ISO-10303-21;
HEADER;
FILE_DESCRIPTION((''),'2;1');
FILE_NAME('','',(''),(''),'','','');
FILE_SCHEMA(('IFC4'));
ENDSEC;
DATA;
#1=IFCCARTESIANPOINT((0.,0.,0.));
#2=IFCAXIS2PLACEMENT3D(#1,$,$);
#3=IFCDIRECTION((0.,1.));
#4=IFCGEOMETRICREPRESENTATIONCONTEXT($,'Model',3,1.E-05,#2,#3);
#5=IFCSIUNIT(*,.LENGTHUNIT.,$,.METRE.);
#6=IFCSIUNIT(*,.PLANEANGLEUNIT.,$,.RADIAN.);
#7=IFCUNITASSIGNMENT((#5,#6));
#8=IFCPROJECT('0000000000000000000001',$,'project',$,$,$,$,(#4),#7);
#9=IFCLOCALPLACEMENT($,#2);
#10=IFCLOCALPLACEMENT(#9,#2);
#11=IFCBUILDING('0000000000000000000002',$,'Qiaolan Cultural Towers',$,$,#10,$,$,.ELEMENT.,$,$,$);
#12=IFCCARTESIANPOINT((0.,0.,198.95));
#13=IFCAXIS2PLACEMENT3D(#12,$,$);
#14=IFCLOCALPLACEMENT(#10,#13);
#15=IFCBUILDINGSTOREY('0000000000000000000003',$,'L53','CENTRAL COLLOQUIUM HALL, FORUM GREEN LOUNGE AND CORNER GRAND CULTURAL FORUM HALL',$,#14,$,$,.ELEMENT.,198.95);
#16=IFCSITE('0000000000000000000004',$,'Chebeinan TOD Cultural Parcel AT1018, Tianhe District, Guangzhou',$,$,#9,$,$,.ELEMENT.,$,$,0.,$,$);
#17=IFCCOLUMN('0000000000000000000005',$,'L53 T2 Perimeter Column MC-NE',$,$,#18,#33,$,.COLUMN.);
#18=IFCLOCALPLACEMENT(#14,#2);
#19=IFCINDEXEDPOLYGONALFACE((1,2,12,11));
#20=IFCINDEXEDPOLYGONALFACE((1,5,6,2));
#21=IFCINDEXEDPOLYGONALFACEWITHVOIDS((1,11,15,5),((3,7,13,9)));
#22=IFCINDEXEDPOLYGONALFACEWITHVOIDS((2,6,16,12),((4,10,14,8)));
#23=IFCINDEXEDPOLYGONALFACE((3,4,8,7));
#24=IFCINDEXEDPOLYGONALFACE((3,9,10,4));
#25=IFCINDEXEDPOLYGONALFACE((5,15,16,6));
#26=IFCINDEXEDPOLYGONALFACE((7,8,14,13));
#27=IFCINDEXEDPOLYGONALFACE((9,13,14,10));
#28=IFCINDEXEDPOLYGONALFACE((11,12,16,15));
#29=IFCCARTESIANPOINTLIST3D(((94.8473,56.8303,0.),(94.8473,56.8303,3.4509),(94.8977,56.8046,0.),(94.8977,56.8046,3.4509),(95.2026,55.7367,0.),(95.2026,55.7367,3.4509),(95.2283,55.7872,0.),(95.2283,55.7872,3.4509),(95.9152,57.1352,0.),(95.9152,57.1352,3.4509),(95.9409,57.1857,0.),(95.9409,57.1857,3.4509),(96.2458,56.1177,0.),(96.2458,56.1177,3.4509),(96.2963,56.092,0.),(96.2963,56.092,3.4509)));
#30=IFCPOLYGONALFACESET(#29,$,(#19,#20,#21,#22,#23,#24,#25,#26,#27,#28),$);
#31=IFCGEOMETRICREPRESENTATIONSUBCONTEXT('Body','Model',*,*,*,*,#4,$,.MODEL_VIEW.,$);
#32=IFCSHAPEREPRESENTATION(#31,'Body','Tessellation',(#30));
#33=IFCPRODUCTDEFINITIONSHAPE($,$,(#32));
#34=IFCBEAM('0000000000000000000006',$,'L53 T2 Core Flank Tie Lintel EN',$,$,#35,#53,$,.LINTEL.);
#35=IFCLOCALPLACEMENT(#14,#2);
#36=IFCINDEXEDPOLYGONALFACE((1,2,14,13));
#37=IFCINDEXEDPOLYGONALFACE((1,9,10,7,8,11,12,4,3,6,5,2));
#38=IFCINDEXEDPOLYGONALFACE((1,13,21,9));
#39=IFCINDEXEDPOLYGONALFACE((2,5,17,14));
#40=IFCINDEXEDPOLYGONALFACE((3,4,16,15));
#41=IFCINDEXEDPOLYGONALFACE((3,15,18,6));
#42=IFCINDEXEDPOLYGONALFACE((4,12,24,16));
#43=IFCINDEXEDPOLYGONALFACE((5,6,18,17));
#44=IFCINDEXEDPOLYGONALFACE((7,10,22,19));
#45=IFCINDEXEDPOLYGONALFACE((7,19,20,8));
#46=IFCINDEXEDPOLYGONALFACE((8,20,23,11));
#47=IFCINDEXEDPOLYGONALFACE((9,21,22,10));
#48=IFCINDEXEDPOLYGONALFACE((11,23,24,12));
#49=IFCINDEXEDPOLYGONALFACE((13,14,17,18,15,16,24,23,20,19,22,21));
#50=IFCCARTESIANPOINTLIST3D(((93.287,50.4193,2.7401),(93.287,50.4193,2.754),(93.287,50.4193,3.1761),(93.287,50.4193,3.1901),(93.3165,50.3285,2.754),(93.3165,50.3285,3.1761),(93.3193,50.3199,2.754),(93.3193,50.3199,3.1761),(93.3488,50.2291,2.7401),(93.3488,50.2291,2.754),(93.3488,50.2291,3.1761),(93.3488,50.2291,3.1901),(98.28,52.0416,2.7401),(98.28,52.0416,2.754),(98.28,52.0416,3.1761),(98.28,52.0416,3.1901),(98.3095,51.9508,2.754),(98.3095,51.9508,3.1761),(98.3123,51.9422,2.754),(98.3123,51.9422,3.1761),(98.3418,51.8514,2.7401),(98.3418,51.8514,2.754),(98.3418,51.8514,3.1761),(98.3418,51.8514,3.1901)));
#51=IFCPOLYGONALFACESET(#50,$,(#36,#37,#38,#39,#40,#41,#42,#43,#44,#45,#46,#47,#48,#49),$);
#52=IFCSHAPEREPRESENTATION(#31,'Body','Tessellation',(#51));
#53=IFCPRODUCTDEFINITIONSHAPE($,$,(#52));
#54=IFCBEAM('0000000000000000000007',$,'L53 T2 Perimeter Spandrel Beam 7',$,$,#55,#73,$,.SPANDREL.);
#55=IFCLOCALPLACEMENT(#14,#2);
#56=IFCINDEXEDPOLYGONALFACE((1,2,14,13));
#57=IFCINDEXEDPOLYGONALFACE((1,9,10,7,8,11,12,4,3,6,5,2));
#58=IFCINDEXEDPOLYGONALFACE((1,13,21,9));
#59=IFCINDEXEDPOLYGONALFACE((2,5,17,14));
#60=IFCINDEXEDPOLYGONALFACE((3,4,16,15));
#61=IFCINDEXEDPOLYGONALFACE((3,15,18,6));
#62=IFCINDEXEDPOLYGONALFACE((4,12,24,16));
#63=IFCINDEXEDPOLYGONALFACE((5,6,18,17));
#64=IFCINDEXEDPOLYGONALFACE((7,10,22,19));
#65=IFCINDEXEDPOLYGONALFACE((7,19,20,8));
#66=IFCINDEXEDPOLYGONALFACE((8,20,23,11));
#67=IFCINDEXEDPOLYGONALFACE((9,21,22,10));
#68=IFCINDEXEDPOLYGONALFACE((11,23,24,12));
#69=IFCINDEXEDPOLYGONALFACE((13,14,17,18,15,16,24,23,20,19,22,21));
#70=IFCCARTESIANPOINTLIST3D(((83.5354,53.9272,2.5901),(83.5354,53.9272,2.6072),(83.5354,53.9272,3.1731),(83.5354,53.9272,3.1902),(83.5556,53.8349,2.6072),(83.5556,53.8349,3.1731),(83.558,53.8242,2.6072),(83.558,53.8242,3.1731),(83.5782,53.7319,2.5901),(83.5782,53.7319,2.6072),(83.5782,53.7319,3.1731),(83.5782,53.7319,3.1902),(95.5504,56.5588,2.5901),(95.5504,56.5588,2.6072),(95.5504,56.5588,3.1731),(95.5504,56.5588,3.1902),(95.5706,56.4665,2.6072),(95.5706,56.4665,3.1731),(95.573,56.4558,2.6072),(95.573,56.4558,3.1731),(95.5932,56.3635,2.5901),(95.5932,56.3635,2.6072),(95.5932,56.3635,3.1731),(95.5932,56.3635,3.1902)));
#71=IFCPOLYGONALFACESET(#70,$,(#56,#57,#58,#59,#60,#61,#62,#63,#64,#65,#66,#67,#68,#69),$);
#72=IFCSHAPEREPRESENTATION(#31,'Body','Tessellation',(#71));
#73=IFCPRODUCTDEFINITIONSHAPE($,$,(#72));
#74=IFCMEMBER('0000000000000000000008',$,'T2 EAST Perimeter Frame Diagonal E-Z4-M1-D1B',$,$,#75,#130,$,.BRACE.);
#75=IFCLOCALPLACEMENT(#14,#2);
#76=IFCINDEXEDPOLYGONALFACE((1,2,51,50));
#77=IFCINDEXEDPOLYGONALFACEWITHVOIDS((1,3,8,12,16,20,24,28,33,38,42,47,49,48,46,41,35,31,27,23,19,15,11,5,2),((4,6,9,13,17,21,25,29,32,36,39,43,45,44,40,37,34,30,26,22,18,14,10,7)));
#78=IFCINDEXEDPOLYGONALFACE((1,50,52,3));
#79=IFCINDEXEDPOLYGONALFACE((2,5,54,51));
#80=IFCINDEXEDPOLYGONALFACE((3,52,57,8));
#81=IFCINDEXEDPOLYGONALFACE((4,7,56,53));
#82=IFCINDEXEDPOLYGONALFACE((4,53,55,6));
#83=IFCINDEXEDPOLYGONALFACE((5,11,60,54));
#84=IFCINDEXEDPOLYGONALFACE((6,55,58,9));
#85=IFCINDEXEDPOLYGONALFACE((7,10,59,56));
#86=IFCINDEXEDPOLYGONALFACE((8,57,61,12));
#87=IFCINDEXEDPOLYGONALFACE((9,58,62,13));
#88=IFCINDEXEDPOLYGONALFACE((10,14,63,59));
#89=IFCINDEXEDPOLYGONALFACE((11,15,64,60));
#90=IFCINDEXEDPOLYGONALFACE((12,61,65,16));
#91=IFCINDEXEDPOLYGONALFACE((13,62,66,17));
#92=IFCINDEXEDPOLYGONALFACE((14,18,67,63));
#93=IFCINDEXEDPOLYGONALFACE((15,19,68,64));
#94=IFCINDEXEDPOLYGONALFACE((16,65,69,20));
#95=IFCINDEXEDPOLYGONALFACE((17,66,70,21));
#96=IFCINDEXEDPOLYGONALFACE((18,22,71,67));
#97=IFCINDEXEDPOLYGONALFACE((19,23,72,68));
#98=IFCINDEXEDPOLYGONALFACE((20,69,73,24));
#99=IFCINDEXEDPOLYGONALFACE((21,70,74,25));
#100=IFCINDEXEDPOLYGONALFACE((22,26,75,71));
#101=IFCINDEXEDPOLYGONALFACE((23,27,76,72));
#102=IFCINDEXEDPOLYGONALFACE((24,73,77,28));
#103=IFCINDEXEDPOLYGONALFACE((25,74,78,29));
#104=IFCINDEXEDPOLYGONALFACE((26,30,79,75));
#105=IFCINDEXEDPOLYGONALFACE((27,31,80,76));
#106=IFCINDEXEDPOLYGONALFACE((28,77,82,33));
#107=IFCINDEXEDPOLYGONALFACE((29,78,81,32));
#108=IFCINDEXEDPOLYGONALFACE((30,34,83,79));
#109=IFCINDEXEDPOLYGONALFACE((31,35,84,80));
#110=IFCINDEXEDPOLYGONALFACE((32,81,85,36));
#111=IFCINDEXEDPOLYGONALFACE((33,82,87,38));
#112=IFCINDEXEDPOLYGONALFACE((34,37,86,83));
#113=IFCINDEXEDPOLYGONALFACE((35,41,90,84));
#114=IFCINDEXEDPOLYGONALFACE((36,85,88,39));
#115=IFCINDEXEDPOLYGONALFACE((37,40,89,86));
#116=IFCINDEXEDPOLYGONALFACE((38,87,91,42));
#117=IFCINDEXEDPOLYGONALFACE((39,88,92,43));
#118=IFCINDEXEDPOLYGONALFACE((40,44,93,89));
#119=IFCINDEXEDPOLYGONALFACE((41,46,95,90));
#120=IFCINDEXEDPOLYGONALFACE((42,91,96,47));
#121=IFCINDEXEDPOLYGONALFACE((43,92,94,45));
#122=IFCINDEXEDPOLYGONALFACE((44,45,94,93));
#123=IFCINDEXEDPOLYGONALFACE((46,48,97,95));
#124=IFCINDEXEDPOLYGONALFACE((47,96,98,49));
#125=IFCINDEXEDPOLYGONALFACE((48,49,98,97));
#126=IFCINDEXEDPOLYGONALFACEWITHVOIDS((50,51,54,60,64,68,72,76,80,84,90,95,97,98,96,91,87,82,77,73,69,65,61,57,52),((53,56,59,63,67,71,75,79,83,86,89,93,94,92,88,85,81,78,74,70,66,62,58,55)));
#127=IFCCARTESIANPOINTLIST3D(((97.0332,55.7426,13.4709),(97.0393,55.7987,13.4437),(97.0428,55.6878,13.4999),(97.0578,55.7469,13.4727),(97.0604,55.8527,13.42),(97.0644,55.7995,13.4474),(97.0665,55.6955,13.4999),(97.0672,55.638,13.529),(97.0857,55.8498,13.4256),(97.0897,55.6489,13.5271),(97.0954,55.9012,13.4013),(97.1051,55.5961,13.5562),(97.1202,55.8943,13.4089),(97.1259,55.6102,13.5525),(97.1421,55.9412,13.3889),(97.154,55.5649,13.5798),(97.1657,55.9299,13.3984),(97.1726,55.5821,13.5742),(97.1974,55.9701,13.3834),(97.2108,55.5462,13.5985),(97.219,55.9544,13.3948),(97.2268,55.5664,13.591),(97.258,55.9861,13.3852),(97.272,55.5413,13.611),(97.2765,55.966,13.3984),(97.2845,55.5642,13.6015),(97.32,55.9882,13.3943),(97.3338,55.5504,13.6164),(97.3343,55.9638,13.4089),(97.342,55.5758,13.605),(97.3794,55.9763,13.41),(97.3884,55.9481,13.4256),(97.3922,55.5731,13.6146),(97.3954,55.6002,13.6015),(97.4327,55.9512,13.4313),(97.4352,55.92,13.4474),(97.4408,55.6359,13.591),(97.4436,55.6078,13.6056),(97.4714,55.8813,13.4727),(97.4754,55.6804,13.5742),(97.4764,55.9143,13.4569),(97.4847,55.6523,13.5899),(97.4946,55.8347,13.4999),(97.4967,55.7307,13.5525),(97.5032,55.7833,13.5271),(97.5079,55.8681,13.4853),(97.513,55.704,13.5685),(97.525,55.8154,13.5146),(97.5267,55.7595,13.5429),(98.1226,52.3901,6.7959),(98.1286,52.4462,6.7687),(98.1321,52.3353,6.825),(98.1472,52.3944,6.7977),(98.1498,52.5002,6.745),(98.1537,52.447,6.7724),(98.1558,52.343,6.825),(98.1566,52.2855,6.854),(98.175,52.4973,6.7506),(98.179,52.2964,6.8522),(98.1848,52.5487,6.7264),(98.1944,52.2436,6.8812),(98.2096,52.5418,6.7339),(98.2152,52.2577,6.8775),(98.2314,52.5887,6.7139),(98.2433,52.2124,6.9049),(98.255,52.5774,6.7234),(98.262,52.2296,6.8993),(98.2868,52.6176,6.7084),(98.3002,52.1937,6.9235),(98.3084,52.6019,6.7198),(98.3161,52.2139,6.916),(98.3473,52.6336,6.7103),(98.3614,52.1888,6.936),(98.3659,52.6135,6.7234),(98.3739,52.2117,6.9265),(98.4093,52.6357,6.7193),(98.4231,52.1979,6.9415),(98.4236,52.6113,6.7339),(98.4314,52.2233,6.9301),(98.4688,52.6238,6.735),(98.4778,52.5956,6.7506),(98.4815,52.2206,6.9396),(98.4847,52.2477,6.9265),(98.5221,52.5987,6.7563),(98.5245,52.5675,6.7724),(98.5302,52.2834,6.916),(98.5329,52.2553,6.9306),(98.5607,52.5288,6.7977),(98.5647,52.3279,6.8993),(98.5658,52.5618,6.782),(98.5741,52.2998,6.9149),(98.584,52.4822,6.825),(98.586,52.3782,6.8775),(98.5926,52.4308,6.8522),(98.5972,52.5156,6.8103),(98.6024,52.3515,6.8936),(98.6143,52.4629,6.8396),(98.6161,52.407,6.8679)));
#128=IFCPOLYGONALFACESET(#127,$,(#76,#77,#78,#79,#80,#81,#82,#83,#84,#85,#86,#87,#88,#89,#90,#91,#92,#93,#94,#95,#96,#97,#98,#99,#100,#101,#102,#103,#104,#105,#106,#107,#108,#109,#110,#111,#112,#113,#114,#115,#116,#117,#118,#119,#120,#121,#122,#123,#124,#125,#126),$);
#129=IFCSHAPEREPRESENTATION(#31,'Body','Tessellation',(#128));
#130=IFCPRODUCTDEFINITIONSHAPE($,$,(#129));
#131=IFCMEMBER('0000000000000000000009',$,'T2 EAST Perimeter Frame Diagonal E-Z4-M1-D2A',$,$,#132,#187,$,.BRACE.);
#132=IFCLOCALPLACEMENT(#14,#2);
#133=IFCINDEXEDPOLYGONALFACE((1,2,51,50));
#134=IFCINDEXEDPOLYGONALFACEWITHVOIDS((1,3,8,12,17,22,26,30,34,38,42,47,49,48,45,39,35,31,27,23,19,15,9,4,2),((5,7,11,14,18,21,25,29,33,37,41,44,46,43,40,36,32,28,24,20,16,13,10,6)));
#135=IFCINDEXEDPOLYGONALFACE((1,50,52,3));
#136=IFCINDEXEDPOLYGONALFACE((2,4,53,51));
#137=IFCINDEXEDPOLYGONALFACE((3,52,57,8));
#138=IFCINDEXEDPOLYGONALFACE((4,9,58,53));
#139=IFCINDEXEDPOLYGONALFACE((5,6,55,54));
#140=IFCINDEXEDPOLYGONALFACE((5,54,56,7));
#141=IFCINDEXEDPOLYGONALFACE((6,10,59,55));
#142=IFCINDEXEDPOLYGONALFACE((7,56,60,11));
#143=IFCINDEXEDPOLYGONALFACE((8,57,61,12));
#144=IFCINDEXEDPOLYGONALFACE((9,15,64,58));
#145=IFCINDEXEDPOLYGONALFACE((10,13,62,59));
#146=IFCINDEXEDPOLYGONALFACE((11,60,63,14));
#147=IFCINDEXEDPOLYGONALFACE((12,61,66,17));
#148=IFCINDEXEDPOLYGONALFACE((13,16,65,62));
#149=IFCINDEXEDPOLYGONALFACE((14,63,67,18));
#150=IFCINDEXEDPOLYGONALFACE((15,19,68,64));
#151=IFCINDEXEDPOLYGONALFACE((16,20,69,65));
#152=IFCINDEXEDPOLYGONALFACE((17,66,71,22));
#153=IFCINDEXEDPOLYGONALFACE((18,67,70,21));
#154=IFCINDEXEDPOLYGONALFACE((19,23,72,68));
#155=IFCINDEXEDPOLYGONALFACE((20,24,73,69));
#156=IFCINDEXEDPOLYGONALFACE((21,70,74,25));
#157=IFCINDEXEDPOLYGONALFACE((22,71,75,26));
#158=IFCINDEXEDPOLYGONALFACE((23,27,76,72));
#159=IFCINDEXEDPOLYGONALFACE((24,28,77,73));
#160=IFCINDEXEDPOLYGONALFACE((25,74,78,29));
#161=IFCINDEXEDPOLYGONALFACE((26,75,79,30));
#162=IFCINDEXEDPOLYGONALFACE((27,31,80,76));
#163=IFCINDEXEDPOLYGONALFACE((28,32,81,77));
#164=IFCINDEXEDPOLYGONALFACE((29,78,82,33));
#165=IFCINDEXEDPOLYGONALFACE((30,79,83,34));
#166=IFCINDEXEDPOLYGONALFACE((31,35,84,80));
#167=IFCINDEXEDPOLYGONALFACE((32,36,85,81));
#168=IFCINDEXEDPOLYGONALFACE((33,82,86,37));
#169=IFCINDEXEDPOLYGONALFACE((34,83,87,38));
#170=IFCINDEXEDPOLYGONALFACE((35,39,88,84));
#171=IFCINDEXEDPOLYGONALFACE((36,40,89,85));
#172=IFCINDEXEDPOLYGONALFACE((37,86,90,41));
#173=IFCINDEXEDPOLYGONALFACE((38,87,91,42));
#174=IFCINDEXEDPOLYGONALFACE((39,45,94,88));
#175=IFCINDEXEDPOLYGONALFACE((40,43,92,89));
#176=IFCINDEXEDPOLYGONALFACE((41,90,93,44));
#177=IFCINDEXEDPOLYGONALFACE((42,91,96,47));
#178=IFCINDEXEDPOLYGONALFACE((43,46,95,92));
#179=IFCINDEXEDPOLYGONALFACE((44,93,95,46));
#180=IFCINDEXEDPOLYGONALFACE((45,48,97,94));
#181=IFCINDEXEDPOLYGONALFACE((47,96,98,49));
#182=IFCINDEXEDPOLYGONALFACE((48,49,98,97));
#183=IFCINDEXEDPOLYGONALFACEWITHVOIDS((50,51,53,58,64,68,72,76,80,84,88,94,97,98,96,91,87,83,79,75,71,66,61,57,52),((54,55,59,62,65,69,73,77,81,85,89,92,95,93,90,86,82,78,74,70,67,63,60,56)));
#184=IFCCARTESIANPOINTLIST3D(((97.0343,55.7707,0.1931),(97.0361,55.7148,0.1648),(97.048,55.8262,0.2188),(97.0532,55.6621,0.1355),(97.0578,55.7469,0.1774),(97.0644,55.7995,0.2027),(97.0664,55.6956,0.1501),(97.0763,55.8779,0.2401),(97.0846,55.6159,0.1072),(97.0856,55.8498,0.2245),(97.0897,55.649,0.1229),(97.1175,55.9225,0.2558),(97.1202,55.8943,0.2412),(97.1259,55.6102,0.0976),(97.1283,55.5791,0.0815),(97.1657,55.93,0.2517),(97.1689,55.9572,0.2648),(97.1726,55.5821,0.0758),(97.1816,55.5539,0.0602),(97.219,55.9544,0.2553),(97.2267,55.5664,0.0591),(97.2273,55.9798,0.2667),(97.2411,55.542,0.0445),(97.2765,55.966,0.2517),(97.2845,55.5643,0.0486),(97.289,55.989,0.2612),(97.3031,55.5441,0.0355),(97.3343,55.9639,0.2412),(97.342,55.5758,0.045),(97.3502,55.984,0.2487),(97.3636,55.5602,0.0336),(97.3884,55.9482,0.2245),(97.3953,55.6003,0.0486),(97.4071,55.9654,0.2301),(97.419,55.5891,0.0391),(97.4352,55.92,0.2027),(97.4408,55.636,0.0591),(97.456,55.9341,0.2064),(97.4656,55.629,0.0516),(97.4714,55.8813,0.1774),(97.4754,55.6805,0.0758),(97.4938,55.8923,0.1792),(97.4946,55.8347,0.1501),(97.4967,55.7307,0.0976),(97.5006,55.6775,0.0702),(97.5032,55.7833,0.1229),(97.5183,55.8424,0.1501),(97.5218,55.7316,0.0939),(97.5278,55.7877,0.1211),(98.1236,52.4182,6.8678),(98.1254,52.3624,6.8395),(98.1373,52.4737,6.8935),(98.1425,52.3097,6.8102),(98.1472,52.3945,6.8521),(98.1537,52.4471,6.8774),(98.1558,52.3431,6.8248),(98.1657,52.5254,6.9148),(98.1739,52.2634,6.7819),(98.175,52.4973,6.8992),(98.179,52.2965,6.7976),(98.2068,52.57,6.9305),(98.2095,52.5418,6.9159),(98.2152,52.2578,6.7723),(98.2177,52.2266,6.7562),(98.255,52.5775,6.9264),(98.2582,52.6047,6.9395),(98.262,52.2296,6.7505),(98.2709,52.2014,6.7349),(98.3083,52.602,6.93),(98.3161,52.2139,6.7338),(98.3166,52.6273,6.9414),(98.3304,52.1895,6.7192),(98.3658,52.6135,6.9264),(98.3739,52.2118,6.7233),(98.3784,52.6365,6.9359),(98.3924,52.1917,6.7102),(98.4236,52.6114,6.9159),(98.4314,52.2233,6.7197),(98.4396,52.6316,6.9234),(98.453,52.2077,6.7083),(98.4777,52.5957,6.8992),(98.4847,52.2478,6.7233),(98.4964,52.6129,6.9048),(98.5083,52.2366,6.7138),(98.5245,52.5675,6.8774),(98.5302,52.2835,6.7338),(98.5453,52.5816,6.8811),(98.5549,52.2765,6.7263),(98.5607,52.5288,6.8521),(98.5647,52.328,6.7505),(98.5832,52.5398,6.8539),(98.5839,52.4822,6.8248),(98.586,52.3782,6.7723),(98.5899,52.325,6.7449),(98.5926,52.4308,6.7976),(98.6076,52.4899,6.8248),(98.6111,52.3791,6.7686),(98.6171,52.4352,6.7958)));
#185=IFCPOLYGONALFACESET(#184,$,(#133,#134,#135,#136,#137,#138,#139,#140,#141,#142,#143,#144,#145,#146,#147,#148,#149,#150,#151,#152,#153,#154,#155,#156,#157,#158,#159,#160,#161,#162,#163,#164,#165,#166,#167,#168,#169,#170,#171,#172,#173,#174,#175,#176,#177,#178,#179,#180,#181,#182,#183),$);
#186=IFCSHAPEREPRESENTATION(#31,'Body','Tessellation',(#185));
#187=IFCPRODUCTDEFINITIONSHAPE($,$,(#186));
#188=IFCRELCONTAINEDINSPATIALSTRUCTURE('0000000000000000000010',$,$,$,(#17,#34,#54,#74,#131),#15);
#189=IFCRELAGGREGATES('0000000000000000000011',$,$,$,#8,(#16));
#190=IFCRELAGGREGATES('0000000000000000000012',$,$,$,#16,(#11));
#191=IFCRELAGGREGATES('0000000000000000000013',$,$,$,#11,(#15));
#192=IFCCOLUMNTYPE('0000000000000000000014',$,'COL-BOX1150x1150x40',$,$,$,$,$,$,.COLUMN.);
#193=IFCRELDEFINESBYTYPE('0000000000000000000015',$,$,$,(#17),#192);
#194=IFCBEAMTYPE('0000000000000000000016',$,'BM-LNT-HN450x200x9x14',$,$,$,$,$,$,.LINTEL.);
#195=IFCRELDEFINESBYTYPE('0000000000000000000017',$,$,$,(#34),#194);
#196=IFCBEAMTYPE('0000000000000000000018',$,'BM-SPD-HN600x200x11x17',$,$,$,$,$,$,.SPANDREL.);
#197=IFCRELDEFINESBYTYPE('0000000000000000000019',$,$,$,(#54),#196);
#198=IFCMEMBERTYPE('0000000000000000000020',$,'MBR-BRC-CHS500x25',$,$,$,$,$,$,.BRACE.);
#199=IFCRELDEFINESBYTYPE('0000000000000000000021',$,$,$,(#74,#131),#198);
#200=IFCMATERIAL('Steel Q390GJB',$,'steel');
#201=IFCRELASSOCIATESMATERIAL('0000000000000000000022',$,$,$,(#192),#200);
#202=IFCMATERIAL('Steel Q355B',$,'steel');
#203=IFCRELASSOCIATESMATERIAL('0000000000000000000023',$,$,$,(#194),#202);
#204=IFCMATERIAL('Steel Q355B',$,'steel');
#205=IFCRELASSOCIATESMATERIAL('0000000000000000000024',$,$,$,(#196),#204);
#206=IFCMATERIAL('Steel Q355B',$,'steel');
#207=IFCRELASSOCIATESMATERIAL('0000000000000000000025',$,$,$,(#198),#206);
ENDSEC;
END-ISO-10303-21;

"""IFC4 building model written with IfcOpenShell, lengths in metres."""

from ifc_helpers import new_model, si_unit, direction, frame, origin, origin_2d, place, context, subcontext, project, spatial, hollow_rectangle, hollow_circle, i_section, extrude, material, material_profile, profile_set, type_object, element, save


model = new_model("IFC4")

# Units and contexts
model_context = context("Model", 3, precision=1e-05, world=origin(), true_north=direction((0.0, 1.0)))
body_context = subcontext(model_context, "Body", "Model", "MODEL_VIEW")
ifc_project = project(units=[si_unit("LENGTHUNIT", "METRE"), si_unit("PLANEANGLEUNIT", "RADIAN")], contexts=[model_context])

# Site, building, storey
site_placement = place(None, origin())
site = spatial("IfcSite", under=ifc_project, at=site_placement, Name="Chebeinan TOD Cultural Parcel AT1018, Tianhe District, Guangzhou", CompositionType="ELEMENT", RefElevation=0.0)
building_placement = place(site_placement, origin())
building = spatial("IfcBuilding", under=site, at=building_placement, Name="Qiaolan Cultural Towers", CompositionType="ELEMENT")
storey_placement = place(building_placement, frame((0.0, 0.0, 198.95)))
storey = spatial("IfcBuildingStorey", under=building, at=storey_placement, Name="L53", Description="CENTRAL COLLOQUIUM HALL, FORUM GREEN LOUNGE AND CORNER GRAND CULTURAL FORUM HALL", CompositionType="ELEMENT", Elevation=198.95)

# Column
ifc_material_1 = material(Name="Steel Q390GJB", Category="steel")
ifc_material_profile_1 = material_profile(ifc_material_1, hollow_rectangle(XDim=1.1499, YDim=1.1499, WallThickness=0.04, at=origin_2d()), Name="BOX1150x1150x40")
ifc_profile_set_1 = profile_set([ifc_material_profile_1], Name="Steel Q390GJB")
column_type = type_object("IfcColumnType", Name="COL-BOX1150x1150x40", PredefinedType="COLUMN", material=ifc_profile_set_1)
column_placement = place(storey_placement, frame((95.5718, 56.4612, 0.0), z_axis=(0.0, 0.0, 1.0), x_axis=(0.951057, 0.309017, 0.0)))
element("IfcColumn", 1, at=column_placement, inside=storey, type_object=column_type, Name="L53 T2 Perimeter Column MC-NE", PredefinedType="COLUMN", context=body_context, shape_type="SweptSolid", body=[
    extrude(hollow_rectangle(XDim=1.1499, YDim=1.1499, WallThickness=0.04, at=origin_2d()), origin(), (0.0, 0.0, 1.0), 3.4509),
])

# Beams
ifc_material_2 = material(Name="Steel Q355B", Category="steel")
ifc_material_profile_2 = material_profile(ifc_material_2, i_section(OverallWidth=0.2, OverallDepth=0.45, WebThickness=0.009, FlangeThickness=0.0139, at=origin_2d()), Name="HN450x200x9x14")
ifc_profile_set_2 = profile_set([ifc_material_profile_2], Name="Steel Q355B")
beam_type_1 = type_object("IfcBeamType", Name="BM-LNT-HN450x200x9x14", PredefinedType="LINTEL", material=ifc_profile_set_2)
beam_1_placement = place(storey_placement, frame((93.3179, 50.3242, 2.9651), z_axis=(0.95106, 0.309006, 0.0), x_axis=(-0.309006, 0.95106, 0.0)))
element("IfcBeam", 2, at=beam_1_placement, inside=storey, type_object=beam_type_1, Name="L53 T2 Core Flank Tie Lintel EN", PredefinedType="LINTEL", context=body_context, shape_type="SweptSolid", body=[
    extrude(i_section(OverallWidth=0.2, OverallDepth=0.45, WebThickness=0.009, FlangeThickness=0.0139, at=origin_2d()), origin(), (0.0, 0.0, 1.0), 5.25),
])
ifc_material_3 = material(Name="Steel Q355B", Category="steel")
ifc_material_profile_3 = material_profile(ifc_material_3, i_section(OverallWidth=0.2, OverallDepth=0.6001, WebThickness=0.011, FlangeThickness=0.0171, at=origin_2d()), Name="HN600x200x11x17")
ifc_profile_set_3 = profile_set([ifc_material_profile_3], Name="Steel Q355B")
beam_type_2 = type_object("IfcBeamType", Name="BM-SPD-HN600x200x11x17", PredefinedType="SPANDREL", material=ifc_profile_set_3)
beam_2_placement = place(storey_placement, frame((95.5718, 56.4612, 2.8901), z_axis=(-0.976843, -0.213956, 0.0), x_axis=(0.213956, -0.976843, 0.0)))
element("IfcBeam", 3, at=beam_2_placement, inside=storey, type_object=beam_type_2, Name="L53 T2 Perimeter Spandrel Beam 7", PredefinedType="SPANDREL", context=body_context, shape_type="SweptSolid", body=[
    extrude(i_section(OverallWidth=0.2, OverallDepth=0.6001, WebThickness=0.011, FlangeThickness=0.0171, at=origin_2d()), origin(), (0.0, 0.0, 1.0), 12.2998),
])

# Members
ifc_material_4 = material(Name="Steel Q355B", Category="steel")
ifc_material_profile_4 = material_profile(ifc_material_4, hollow_circle(Radius=0.25, WallThickness=0.0249, at=origin_2d()), Name="CHS500x25")
ifc_profile_set_4 = profile_set([ifc_material_profile_4], Name="Steel Q355B")
member_type = type_object("IfcMemberType", Name="MBR-BRC-CHS500x25", PredefinedType="BRACE", material=ifc_profile_set_4)
member_1_placement = place(storey_placement, frame((98.3699, 52.4126, 6.825), z_axis=(-0.144311, 0.444123, 0.884268), x_axis=(-0.951052, -0.30903, 0.0)))
element("IfcMember", 4, at=member_1_placement, inside=storey, type_object=member_type, Name="T2 EAST Perimeter Frame Diagonal E-Z4-M1-D1B", PredefinedType="BRACE", context=body_context, shape_type="SweptSolid", body=[
    extrude(hollow_circle(Radius=0.25, WallThickness=0.0249, at=origin_2d()), origin(), (0.0, 0.0, 1.0), 7.5486),
])
member_2_placement = place(storey_placement, frame((97.2805, 55.7651, 0.1501), z_axis=(0.144315, -0.444136, 0.884261), x_axis=(0.951052, 0.30903, 0.0)))
element("IfcMember", 5, at=member_2_placement, inside=storey, type_object=member_type, Name="T2 EAST Perimeter Frame Diagonal E-Z4-M1-D2A", PredefinedType="BRACE", context=body_context, shape_type="SweptSolid", body=[
    extrude(hollow_circle(Radius=0.25, WallThickness=0.0249, at=origin_2d()), origin(), (0.0, 0.0, 1.0), 7.5483),
])

save(model, "model.ifc")
